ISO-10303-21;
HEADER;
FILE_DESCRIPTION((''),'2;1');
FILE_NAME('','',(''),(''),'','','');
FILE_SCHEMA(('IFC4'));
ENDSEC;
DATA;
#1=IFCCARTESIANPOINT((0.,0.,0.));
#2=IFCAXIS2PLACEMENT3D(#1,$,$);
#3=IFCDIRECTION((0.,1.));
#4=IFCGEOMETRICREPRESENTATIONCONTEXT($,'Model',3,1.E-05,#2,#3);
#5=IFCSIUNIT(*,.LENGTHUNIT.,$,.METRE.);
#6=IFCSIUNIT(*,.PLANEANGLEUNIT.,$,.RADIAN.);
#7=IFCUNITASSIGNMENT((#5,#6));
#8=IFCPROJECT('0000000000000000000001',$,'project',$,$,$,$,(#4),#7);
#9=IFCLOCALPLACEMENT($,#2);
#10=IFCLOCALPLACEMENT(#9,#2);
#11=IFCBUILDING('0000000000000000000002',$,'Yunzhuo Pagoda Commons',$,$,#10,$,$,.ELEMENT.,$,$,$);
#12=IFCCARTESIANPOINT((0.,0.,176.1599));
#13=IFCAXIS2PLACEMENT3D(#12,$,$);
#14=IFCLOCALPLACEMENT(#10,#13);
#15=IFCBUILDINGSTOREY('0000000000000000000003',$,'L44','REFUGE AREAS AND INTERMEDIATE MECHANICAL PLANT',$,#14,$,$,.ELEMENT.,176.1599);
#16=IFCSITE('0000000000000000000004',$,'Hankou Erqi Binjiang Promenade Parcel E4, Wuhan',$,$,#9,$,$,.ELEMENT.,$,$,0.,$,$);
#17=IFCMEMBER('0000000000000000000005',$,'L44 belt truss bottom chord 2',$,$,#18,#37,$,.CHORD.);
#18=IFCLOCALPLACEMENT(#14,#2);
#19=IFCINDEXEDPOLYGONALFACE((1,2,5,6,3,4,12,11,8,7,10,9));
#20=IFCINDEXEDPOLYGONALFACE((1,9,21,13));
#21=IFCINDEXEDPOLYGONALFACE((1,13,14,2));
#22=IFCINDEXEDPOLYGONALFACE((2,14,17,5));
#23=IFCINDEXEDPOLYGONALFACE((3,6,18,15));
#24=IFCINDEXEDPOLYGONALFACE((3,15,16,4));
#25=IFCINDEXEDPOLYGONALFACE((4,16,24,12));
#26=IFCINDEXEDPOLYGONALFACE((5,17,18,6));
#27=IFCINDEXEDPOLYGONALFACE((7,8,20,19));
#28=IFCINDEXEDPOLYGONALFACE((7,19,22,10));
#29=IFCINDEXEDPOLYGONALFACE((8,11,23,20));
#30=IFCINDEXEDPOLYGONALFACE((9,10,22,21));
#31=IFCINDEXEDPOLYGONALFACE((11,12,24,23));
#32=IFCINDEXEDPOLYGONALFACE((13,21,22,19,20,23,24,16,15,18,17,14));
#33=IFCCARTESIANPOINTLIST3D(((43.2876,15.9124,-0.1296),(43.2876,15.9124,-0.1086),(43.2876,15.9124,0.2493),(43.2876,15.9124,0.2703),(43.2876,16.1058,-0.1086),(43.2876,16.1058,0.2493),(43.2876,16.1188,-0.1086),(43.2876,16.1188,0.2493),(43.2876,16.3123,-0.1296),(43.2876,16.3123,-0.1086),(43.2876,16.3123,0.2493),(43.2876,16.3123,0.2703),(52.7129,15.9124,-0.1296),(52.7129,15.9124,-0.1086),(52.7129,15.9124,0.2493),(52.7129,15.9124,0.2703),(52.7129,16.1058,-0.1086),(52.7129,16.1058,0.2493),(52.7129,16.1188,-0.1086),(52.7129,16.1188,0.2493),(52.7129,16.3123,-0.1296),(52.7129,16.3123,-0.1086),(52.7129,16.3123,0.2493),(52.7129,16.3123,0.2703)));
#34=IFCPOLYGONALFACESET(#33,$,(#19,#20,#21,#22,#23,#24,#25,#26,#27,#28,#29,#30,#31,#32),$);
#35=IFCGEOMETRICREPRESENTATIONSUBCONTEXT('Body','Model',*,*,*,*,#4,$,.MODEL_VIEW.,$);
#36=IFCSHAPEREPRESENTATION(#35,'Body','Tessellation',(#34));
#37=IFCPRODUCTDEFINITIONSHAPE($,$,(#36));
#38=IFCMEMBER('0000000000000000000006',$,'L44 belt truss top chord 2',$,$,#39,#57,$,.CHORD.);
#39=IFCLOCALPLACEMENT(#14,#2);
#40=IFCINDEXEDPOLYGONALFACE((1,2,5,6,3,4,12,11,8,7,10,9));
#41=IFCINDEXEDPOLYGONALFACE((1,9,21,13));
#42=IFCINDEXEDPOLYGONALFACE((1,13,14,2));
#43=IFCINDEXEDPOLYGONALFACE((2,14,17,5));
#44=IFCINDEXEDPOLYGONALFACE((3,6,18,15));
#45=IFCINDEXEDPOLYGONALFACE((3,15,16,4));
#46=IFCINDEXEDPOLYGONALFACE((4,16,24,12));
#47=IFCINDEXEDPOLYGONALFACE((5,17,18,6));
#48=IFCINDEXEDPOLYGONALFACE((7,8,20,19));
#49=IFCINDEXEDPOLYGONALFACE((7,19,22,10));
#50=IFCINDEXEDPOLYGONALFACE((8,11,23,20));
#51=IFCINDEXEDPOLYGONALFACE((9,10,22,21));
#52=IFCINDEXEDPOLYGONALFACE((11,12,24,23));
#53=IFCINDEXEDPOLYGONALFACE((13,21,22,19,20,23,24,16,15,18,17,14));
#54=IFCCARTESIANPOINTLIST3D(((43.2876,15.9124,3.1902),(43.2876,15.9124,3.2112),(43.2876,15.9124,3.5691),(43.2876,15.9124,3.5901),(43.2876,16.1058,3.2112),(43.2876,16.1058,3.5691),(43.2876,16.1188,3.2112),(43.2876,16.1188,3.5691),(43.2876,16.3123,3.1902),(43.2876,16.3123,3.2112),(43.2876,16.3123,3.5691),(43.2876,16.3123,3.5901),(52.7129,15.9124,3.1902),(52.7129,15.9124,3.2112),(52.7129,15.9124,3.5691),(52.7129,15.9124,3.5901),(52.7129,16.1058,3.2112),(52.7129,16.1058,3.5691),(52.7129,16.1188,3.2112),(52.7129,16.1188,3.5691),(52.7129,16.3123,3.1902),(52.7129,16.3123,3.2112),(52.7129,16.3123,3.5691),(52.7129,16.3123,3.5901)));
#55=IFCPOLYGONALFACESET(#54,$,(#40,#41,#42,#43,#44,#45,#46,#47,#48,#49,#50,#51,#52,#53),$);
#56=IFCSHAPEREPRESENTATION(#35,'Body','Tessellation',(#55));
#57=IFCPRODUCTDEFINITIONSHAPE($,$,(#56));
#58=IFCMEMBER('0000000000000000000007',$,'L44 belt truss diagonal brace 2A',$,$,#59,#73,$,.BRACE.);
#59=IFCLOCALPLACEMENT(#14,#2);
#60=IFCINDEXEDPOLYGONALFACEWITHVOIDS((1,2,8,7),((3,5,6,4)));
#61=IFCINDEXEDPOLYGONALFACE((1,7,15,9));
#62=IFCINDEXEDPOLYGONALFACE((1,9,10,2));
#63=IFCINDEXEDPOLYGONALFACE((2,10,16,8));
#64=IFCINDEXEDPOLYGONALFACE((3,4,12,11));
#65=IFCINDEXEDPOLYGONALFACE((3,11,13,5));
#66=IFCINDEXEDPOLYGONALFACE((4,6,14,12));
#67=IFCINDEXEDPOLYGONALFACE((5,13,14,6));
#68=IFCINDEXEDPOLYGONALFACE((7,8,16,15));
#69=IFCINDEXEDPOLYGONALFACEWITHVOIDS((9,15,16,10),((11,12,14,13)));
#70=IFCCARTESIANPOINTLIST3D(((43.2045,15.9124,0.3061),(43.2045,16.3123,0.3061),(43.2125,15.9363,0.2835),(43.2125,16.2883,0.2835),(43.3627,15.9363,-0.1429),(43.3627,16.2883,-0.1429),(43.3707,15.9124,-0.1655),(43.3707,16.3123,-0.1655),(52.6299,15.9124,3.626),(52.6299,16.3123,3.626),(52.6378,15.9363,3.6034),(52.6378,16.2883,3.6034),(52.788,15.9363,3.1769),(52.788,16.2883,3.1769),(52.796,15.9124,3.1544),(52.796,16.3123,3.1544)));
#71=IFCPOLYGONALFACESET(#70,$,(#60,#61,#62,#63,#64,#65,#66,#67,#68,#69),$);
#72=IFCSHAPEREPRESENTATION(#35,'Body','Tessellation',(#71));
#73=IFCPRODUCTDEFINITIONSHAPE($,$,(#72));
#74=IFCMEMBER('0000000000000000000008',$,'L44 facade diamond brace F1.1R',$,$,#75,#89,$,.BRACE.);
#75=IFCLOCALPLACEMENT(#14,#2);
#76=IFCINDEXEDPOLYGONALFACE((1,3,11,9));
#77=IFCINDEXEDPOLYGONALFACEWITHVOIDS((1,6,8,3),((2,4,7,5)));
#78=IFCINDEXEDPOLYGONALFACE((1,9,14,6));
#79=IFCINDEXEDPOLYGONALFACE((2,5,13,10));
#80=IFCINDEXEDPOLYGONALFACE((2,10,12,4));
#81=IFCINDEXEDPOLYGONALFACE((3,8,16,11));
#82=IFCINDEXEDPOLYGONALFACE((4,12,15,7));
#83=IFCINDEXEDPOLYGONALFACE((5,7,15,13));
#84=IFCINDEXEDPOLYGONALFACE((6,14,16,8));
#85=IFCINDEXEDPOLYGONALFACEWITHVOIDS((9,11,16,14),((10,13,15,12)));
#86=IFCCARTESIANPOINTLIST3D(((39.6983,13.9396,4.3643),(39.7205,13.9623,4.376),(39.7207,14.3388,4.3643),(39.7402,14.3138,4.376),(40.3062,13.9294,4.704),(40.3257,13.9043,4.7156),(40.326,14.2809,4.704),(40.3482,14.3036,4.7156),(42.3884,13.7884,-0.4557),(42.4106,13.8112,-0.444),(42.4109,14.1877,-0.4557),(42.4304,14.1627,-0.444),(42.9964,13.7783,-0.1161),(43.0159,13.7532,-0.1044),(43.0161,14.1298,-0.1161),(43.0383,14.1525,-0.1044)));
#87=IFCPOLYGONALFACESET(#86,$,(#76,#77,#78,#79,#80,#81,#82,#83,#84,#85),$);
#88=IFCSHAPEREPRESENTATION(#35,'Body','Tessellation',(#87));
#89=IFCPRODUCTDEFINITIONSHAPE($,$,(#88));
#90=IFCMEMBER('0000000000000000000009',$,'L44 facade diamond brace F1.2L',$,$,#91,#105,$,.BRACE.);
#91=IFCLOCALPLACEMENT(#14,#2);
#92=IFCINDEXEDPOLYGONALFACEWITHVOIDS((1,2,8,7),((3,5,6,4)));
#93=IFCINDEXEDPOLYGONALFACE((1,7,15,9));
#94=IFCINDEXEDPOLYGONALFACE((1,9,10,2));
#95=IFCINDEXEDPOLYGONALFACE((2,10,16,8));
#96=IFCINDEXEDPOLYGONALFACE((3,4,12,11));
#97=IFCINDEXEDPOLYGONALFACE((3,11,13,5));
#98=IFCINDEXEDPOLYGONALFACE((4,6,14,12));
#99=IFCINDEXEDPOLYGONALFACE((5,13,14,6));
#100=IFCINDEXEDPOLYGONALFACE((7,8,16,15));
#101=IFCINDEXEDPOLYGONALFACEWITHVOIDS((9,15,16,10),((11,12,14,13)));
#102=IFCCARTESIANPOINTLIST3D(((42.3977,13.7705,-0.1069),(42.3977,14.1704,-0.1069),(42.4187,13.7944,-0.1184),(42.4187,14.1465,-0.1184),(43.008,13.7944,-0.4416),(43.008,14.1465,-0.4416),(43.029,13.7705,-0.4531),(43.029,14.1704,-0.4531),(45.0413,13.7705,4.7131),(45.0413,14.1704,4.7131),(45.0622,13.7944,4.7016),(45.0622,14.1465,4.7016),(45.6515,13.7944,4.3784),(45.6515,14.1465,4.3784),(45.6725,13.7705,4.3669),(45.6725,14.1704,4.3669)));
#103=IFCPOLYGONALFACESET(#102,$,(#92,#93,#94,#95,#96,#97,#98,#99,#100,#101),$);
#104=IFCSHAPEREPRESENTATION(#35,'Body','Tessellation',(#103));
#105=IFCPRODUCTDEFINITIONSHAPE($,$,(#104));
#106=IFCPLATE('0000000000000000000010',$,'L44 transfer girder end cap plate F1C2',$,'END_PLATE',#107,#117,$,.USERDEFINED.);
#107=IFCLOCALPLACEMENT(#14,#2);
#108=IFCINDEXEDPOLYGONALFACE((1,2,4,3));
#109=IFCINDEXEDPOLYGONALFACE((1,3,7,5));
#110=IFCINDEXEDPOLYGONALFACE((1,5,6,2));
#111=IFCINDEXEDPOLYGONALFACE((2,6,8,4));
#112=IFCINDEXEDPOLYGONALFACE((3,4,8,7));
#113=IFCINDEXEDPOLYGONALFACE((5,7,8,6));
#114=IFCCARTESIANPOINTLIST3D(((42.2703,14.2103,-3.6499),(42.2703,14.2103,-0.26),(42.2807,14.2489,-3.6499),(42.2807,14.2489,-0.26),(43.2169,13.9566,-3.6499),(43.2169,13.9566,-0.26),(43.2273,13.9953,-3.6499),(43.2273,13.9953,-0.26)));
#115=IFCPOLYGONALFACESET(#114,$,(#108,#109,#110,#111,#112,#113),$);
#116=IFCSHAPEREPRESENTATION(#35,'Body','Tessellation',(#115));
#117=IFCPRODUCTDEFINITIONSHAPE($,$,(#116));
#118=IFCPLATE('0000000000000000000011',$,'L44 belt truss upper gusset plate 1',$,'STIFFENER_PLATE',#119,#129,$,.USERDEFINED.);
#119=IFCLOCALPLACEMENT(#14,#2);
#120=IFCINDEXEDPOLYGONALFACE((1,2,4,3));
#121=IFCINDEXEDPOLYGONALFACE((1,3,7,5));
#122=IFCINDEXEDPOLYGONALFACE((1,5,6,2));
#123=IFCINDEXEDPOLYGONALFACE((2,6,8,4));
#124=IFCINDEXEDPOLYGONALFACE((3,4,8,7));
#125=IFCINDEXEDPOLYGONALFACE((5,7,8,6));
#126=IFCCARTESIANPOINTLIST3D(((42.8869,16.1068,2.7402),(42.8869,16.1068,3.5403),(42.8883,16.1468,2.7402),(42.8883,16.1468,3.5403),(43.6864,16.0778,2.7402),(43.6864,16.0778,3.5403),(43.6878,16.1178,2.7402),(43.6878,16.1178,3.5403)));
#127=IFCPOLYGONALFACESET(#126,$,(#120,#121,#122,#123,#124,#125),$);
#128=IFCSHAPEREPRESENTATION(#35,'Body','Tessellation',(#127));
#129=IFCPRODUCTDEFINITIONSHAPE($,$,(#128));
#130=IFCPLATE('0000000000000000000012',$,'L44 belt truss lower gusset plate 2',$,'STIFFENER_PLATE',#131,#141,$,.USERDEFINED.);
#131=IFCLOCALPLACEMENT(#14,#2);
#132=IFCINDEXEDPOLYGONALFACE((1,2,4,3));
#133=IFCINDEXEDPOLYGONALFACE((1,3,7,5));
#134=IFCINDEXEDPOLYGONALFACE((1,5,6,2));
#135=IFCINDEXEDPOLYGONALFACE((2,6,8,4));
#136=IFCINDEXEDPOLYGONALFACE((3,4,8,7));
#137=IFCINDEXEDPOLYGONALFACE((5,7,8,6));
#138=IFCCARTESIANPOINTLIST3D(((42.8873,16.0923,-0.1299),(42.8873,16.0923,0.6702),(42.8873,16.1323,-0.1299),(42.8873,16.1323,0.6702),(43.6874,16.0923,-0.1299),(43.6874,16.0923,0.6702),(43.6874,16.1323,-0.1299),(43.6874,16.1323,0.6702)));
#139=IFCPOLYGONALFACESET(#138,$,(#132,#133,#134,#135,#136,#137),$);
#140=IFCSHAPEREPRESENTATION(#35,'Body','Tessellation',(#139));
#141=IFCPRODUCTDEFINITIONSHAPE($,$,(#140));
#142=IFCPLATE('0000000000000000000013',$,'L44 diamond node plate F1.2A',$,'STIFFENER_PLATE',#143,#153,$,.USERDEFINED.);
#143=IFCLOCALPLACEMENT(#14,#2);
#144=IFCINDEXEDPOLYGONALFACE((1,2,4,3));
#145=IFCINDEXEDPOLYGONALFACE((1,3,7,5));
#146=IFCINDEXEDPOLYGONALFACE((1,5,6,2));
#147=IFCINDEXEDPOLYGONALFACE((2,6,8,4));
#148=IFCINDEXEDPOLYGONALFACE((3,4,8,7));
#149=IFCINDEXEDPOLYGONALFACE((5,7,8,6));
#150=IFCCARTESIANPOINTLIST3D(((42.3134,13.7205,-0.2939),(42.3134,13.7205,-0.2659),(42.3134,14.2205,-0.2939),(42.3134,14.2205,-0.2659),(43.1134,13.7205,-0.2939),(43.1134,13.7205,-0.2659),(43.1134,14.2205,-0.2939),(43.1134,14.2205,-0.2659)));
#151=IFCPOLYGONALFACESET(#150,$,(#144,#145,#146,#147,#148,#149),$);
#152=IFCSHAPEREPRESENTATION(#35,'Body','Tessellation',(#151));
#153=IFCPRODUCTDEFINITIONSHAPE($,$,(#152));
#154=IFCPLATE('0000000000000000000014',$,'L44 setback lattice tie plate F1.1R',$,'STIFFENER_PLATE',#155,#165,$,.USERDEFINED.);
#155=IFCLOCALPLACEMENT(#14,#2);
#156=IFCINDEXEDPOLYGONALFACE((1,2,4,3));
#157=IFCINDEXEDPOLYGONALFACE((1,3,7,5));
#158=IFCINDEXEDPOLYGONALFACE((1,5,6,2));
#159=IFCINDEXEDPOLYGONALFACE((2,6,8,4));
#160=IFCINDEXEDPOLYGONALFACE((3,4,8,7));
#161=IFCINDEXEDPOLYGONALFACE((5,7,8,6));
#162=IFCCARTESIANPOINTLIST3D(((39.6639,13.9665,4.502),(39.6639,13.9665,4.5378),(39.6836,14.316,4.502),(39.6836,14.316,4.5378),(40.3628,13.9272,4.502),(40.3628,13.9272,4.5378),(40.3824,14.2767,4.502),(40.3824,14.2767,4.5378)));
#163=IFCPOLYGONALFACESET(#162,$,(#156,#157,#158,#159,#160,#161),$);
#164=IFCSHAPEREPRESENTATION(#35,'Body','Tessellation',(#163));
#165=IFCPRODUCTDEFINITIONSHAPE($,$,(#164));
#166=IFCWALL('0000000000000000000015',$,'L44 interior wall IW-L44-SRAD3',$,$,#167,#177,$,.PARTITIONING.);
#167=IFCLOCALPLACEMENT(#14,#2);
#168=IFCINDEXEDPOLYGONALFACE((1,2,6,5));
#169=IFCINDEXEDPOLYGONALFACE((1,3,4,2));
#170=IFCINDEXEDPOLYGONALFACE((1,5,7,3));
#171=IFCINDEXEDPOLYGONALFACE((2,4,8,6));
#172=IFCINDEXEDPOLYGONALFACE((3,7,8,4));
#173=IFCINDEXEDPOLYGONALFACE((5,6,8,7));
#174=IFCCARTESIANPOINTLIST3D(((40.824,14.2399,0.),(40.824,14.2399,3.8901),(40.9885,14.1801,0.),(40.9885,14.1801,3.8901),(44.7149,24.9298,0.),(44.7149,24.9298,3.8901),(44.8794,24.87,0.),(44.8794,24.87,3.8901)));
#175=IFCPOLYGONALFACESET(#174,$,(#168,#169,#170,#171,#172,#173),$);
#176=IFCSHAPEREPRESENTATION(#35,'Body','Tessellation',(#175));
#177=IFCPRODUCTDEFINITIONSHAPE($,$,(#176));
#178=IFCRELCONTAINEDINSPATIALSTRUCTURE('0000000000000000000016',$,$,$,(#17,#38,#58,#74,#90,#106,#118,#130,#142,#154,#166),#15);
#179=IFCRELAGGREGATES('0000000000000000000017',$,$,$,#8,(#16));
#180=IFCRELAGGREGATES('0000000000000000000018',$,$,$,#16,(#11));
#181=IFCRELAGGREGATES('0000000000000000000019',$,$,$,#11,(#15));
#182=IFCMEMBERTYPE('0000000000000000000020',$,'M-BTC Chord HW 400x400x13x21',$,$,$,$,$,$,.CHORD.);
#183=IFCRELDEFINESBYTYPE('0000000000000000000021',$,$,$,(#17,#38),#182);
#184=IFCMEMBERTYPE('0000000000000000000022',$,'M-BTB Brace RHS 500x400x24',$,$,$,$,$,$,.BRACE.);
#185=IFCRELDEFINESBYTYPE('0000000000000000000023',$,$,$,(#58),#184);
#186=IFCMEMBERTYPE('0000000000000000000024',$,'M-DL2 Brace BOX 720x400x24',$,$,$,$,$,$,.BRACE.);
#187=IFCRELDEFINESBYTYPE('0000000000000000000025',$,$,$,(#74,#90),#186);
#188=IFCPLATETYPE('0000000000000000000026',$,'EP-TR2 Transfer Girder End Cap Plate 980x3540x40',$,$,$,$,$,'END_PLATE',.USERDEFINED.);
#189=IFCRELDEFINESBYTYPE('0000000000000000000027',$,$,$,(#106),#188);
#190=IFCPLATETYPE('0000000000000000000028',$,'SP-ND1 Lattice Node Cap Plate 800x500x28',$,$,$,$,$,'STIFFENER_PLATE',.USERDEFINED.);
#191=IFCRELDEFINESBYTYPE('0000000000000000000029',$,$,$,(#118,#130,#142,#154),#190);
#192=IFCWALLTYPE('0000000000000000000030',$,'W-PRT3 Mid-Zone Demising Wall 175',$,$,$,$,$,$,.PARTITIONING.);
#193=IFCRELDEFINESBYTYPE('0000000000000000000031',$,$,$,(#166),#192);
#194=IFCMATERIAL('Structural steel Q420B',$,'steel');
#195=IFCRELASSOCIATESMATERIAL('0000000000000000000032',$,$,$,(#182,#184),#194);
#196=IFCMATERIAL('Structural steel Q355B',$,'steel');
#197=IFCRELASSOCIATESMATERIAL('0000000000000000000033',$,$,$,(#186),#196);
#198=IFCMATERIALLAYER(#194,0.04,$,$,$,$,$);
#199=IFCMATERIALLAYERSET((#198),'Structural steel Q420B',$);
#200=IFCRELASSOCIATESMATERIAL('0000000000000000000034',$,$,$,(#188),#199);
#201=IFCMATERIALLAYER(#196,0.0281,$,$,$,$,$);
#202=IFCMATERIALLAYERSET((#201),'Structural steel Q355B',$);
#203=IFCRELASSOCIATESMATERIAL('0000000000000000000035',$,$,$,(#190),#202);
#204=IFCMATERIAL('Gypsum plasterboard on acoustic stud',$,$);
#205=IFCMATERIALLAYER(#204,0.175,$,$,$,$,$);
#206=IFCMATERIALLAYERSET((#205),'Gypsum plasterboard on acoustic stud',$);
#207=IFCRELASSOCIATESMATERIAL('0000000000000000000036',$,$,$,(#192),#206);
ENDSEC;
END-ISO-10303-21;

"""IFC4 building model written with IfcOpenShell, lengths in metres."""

from ifc_helpers import new_model, si_unit, direction, frame, frame_2d, origin, origin_2d, place, context, subcontext, project, spatial, rectangle, hollow_rectangle, i_section, extrude, source, transform, mapped, material, layer, layer_set, material_profile, profile_set, type_object, element, save


model = new_model("IFC4")

# Units and contexts
model_context = context("Model", 3, precision=1e-05, world=origin(), true_north=direction((0.0, 1.0)))
body_context = subcontext(model_context, "Body", "Model", "MODEL_VIEW")
ifc_project = project(units=[si_unit("LENGTHUNIT", "METRE"), si_unit("PLANEANGLEUNIT", "RADIAN")], contexts=[model_context])

# Site, building, storey
site_placement = place(None, origin())
site = spatial("IfcSite", under=ifc_project, at=site_placement, Name="Hankou Erqi Binjiang Promenade Parcel E4, Wuhan", CompositionType="ELEMENT", RefElevation=0.0)
building_placement = place(site_placement, origin())
building = spatial("IfcBuilding", under=site, at=building_placement, Name="Yunzhuo Pagoda Commons", CompositionType="ELEMENT")
storey_placement = place(building_placement, frame((0.0, 0.0, 176.1599)))
storey = spatial("IfcBuildingStorey", under=building, at=storey_placement, Name="L44", Description="REFUGE AREAS AND INTERMEDIATE MECHANICAL PLANT", CompositionType="ELEMENT", Elevation=176.1599)

# Shared definitions
ifc_material_1 = material(Name="Structural steel Q420B", Category="steel")

# Shared definitions
ifc_material_2 = material(Name="Structural steel Q355B", Category="steel")

# Members
ifc_material_profile_1 = material_profile(ifc_material_1, i_section(OverallWidth=0.3999, OverallDepth=0.3999, WebThickness=0.0129, FlangeThickness=0.021, at=origin_2d()), Name="Structural steel Q420B")
ifc_profile_set_1 = profile_set([ifc_material_profile_1], Name="Structural steel Q420B")
member_type_1 = type_object("IfcMemberType", Name="M-BTC Chord HW 400x400x13x21", PredefinedType="CHORD", material=ifc_profile_set_1)
shared_shape_1 = source(origin(), body_context, "Body", "SweptSolid", [
    extrude(i_section(OverallWidth=0.3999, OverallDepth=0.3999, WebThickness=0.0129, FlangeThickness=0.021, at=origin_2d()), origin(), (0.0, 0.0, 1.0), 9.4253),
])
for number, where, z_axis, x_axis, name in (
    (1, (43.2876, 16.1123, 0.0703), (1.0, 0.0, 0.0), (0.0, 1.0, 0.0), "L44 belt truss bottom chord 2"),
    (2, (43.2876, 16.1123, 3.3901), (1.0, 0.0, 0.0), (0.0, 1.0, 0.0), "L44 belt truss top chord 2"),
):
    element("IfcMember", number, at=place(storey_placement, frame(where, z_axis=z_axis, x_axis=x_axis)), inside=storey, type_object=member_type_1, Name=name, PredefinedType="CHORD", context=body_context, shape_type="MappedRepresentation", body=[
        mapped(shared_shape_1, transform((0.0, 0.0, 0.0), scale=1.0)),
    ])
ifc_material_profile_2 = material_profile(ifc_material_1, hollow_rectangle(XDim=0.3999, YDim=0.5, WallThickness=0.0239, at=origin_2d()), Name="Structural steel Q420B")
ifc_profile_set_2 = profile_set([ifc_material_profile_2], Name="Structural steel Q420B")
member_type_2 = type_object("IfcMemberType", Name="M-BTB Brace RHS 500x400x24", PredefinedType="BRACE", material=ifc_profile_set_2)
shared_shape_2 = source(origin(), body_context, "Body", "SweptSolid", [
    extrude(hollow_rectangle(XDim=0.3999, YDim=0.5, WallThickness=0.0239, at=origin_2d()), origin(), (0.0, 0.0, 1.0), 9.9929),
])
member_1_placement = place(storey_placement, frame((43.2876, 16.1123, 0.0703), z_axis=(0.943202, 0.0, 0.332219), x_axis=(0.0, 1.0, 0.0)))
element("IfcMember", 3, at=member_1_placement, inside=storey, type_object=member_type_2, Name="L44 belt truss diagonal brace 2A", PredefinedType="BRACE", context=body_context, shape_type="MappedRepresentation", body=[
    mapped(shared_shape_2, transform((0.0, 0.0, 0.0), scale=1.0)),
])
ifc_material_profile_3 = material_profile(ifc_material_2, hollow_rectangle(XDim=0.3999, YDim=0.72, WallThickness=0.0239, at=origin_2d()), Name="Structural steel Q355B")
ifc_profile_set_3 = profile_set([ifc_material_profile_3], Name="Structural steel Q355B")
member_type_3 = type_object("IfcMemberType", Name="M-DL2 Brace BOX 720x400x24", PredefinedType="BRACE", material=ifc_profile_set_3)
shared_shape_3 = source(origin(), body_context, "Body", "SweptSolid", [
    extrude(hollow_rectangle(XDim=0.3999, YDim=0.72, WallThickness=0.0239, at=origin_2d()), origin(), (0.0, 0.0, 1.0), 5.522),
])
member_2_placement = place(storey_placement, frame((42.7134, 13.9705, -0.28), z_axis=(-0.487172, 0.027367, 0.872877), x_axis=(-0.056087, -0.998426, 0.0)))
element("IfcMember", 4, at=member_2_placement, inside=storey, type_object=member_type_3, Name="L44 facade diamond brace F1.1R", PredefinedType="BRACE", context=body_context, shape_type="MappedRepresentation", body=[
    mapped(shared_shape_3, transform((0.0, 0.0, 0.0), scale=1.0)),
])
shared_shape_4 = source(origin(), body_context, "Body", "SweptSolid", [
    extrude(hollow_rectangle(XDim=0.3999, YDim=0.72, WallThickness=0.0239, at=origin_2d()), origin(), (0.0, 0.0, 1.0), 5.4973),
])
member_3_placement = place(storey_placement, frame((42.7134, 13.9705, -0.28), z_axis=(0.480873, 0.0, 0.87679), x_axis=(0.0, 1.0, 0.0)))
element("IfcMember", 5, at=member_3_placement, inside=storey, type_object=member_type_3, Name="L44 facade diamond brace F1.2L", PredefinedType="BRACE", context=body_context, shape_type="MappedRepresentation", body=[
    mapped(shared_shape_4, transform((0.0, 0.0, 0.0), scale=1.0)),
])

# Plates
ifc_layer_1 = layer(ifc_material_1, 0.04)
ifc_layer_set_1 = layer_set([ifc_layer_1], Name="Structural steel Q420B")
plate_type_1 = type_object("IfcPlateType", Name="EP-TR2 Transfer Girder End Cap Plate 980x3540x40", ElementType="END_PLATE", PredefinedType="USERDEFINED", material=ifc_layer_set_1)
shared_shape_5 = source(origin(), body_context, "Body", "SweptSolid", [
    extrude(rectangle(XDim=0.98, YDim=0.04, at=origin_2d()), origin(), (0.0, 0.0, 1.0), 3.3899),
])
plate_1_placement = place(storey_placement, frame((42.7488, 14.1028, -3.6499), z_axis=(0.0, 0.0, 1.0), x_axis=(0.965926, -0.258819, 0.0)))
element("IfcPlate", 6, at=plate_1_placement, inside=storey, type_object=plate_type_1, Name="L44 transfer girder end cap plate F1C2", ObjectType="END_PLATE", PredefinedType="USERDEFINED", context=body_context, shape_type="MappedRepresentation", body=[
    mapped(shared_shape_5, transform((0.0, 0.0, 0.0), scale=1.0)),
])
ifc_layer_2 = layer(ifc_material_2, 0.0281)
ifc_layer_set_2 = layer_set([ifc_layer_2], Name="Structural steel Q355B")
plate_type_2 = type_object("IfcPlateType", Name="SP-ND1 Lattice Node Cap Plate 800x500x28", ElementType="STIFFENER_PLATE", PredefinedType="USERDEFINED", material=ifc_layer_set_2)
shared_shape_6 = source(origin(), body_context, "Body", "SweptSolid", [
    extrude(rectangle(XDim=0.8, YDim=0.04, at=origin_2d()), origin(), (0.0, 0.0, 1.0), 0.8),
])
for number, where, z_axis, x_axis, name in (
    (7, (43.2874, 16.1123, 2.7402), (0.0, 0.0, 1.0), (0.999343, -0.036243, 0.0), "L44 belt truss upper gusset plate 1"),
    (8, (43.2874, 16.1123, -0.1299), (0.0, 0.0, 1.0), (1.0, 0.0, 0.0), "L44 belt truss lower gusset plate 2"),
):
    element("IfcPlate", number, at=place(storey_placement, frame(where, z_axis=z_axis, x_axis=x_axis)), inside=storey, type_object=plate_type_2, Name=name, ObjectType="STIFFENER_PLATE", PredefinedType="USERDEFINED", context=body_context, shape_type="MappedRepresentation", body=[
        mapped(shared_shape_6, transform((0.0, 0.0, 0.0), scale=1.0)),
    ])
shared_shape_7 = source(origin(), body_context, "Body", "SweptSolid", [
    extrude(rectangle(XDim=0.8, YDim=0.5, at=origin_2d()), origin(), (0.0, 0.0, 1.0), 0.0281),
])
plate_2_placement = place(storey_placement, frame((42.7134, 13.9705, -0.2939), z_axis=(0.0, 0.0, 1.0), x_axis=(1.0, 0.0, 0.0)))
element("IfcPlate", 9, at=plate_2_placement, inside=storey, type_object=plate_type_2, Name="L44 diamond node plate F1.2A", ObjectType="STIFFENER_PLATE", PredefinedType="USERDEFINED", context=body_context, shape_type="MappedRepresentation", body=[
    mapped(shared_shape_7, transform((0.0, 0.0, 0.0), scale=1.0)),
])
shared_shape_8 = source(origin(), body_context, "Body", "SweptSolid", [
    extrude(rectangle(XDim=0.7, YDim=0.3501, at=origin_2d()), origin(), (0.0, 0.0, 1.0), 0.0359),
])
plate_3_placement = place(storey_placement, frame((40.0232, 14.1216, 4.502), z_axis=(0.0, 0.0, 1.0), x_axis=(0.998423, -0.056135, 0.0)))
element("IfcPlate", 10, at=plate_3_placement, inside=storey, type_object=plate_type_2, Name="L44 setback lattice tie plate F1.1R", ObjectType="STIFFENER_PLATE", PredefinedType="USERDEFINED", context=body_context, shape_type="MappedRepresentation", body=[
    mapped(shared_shape_8, transform((0.0, 0.0, 0.0), scale=1.0)),
])

# Wall
ifc_material_3 = material(Name="Gypsum plasterboard on acoustic stud")
ifc_layer_3 = layer(ifc_material_3, 0.175)
ifc_layer_set_3 = layer_set([ifc_layer_3], Name="Gypsum plasterboard on acoustic stud")
wall_type = type_object("IfcWallType", Name="W-PRT3 Mid-Zone Demising Wall 175", PredefinedType="PARTITIONING", material=ifc_layer_set_3)
wall_placement = place(storey_placement, frame((44.7971, 24.8999, 0.0), z_axis=(0.0, 0.0, 1.0), x_axis=(-0.342024, -0.939691, 0.0)))
element("IfcWall", 11, at=wall_placement, inside=storey, type_object=wall_type, Name="L44 interior wall IW-L44-SRAD3", PredefinedType="PARTITIONING", context=body_context, shape_type="SweptSolid", body=[
    extrude(rectangle(XDim=11.376, YDim=0.175, at=frame_2d((5.688, 0.0))), origin(), (0.0, 0.0, 1.0), 3.8901),
])

save(model, "model.ifc")
